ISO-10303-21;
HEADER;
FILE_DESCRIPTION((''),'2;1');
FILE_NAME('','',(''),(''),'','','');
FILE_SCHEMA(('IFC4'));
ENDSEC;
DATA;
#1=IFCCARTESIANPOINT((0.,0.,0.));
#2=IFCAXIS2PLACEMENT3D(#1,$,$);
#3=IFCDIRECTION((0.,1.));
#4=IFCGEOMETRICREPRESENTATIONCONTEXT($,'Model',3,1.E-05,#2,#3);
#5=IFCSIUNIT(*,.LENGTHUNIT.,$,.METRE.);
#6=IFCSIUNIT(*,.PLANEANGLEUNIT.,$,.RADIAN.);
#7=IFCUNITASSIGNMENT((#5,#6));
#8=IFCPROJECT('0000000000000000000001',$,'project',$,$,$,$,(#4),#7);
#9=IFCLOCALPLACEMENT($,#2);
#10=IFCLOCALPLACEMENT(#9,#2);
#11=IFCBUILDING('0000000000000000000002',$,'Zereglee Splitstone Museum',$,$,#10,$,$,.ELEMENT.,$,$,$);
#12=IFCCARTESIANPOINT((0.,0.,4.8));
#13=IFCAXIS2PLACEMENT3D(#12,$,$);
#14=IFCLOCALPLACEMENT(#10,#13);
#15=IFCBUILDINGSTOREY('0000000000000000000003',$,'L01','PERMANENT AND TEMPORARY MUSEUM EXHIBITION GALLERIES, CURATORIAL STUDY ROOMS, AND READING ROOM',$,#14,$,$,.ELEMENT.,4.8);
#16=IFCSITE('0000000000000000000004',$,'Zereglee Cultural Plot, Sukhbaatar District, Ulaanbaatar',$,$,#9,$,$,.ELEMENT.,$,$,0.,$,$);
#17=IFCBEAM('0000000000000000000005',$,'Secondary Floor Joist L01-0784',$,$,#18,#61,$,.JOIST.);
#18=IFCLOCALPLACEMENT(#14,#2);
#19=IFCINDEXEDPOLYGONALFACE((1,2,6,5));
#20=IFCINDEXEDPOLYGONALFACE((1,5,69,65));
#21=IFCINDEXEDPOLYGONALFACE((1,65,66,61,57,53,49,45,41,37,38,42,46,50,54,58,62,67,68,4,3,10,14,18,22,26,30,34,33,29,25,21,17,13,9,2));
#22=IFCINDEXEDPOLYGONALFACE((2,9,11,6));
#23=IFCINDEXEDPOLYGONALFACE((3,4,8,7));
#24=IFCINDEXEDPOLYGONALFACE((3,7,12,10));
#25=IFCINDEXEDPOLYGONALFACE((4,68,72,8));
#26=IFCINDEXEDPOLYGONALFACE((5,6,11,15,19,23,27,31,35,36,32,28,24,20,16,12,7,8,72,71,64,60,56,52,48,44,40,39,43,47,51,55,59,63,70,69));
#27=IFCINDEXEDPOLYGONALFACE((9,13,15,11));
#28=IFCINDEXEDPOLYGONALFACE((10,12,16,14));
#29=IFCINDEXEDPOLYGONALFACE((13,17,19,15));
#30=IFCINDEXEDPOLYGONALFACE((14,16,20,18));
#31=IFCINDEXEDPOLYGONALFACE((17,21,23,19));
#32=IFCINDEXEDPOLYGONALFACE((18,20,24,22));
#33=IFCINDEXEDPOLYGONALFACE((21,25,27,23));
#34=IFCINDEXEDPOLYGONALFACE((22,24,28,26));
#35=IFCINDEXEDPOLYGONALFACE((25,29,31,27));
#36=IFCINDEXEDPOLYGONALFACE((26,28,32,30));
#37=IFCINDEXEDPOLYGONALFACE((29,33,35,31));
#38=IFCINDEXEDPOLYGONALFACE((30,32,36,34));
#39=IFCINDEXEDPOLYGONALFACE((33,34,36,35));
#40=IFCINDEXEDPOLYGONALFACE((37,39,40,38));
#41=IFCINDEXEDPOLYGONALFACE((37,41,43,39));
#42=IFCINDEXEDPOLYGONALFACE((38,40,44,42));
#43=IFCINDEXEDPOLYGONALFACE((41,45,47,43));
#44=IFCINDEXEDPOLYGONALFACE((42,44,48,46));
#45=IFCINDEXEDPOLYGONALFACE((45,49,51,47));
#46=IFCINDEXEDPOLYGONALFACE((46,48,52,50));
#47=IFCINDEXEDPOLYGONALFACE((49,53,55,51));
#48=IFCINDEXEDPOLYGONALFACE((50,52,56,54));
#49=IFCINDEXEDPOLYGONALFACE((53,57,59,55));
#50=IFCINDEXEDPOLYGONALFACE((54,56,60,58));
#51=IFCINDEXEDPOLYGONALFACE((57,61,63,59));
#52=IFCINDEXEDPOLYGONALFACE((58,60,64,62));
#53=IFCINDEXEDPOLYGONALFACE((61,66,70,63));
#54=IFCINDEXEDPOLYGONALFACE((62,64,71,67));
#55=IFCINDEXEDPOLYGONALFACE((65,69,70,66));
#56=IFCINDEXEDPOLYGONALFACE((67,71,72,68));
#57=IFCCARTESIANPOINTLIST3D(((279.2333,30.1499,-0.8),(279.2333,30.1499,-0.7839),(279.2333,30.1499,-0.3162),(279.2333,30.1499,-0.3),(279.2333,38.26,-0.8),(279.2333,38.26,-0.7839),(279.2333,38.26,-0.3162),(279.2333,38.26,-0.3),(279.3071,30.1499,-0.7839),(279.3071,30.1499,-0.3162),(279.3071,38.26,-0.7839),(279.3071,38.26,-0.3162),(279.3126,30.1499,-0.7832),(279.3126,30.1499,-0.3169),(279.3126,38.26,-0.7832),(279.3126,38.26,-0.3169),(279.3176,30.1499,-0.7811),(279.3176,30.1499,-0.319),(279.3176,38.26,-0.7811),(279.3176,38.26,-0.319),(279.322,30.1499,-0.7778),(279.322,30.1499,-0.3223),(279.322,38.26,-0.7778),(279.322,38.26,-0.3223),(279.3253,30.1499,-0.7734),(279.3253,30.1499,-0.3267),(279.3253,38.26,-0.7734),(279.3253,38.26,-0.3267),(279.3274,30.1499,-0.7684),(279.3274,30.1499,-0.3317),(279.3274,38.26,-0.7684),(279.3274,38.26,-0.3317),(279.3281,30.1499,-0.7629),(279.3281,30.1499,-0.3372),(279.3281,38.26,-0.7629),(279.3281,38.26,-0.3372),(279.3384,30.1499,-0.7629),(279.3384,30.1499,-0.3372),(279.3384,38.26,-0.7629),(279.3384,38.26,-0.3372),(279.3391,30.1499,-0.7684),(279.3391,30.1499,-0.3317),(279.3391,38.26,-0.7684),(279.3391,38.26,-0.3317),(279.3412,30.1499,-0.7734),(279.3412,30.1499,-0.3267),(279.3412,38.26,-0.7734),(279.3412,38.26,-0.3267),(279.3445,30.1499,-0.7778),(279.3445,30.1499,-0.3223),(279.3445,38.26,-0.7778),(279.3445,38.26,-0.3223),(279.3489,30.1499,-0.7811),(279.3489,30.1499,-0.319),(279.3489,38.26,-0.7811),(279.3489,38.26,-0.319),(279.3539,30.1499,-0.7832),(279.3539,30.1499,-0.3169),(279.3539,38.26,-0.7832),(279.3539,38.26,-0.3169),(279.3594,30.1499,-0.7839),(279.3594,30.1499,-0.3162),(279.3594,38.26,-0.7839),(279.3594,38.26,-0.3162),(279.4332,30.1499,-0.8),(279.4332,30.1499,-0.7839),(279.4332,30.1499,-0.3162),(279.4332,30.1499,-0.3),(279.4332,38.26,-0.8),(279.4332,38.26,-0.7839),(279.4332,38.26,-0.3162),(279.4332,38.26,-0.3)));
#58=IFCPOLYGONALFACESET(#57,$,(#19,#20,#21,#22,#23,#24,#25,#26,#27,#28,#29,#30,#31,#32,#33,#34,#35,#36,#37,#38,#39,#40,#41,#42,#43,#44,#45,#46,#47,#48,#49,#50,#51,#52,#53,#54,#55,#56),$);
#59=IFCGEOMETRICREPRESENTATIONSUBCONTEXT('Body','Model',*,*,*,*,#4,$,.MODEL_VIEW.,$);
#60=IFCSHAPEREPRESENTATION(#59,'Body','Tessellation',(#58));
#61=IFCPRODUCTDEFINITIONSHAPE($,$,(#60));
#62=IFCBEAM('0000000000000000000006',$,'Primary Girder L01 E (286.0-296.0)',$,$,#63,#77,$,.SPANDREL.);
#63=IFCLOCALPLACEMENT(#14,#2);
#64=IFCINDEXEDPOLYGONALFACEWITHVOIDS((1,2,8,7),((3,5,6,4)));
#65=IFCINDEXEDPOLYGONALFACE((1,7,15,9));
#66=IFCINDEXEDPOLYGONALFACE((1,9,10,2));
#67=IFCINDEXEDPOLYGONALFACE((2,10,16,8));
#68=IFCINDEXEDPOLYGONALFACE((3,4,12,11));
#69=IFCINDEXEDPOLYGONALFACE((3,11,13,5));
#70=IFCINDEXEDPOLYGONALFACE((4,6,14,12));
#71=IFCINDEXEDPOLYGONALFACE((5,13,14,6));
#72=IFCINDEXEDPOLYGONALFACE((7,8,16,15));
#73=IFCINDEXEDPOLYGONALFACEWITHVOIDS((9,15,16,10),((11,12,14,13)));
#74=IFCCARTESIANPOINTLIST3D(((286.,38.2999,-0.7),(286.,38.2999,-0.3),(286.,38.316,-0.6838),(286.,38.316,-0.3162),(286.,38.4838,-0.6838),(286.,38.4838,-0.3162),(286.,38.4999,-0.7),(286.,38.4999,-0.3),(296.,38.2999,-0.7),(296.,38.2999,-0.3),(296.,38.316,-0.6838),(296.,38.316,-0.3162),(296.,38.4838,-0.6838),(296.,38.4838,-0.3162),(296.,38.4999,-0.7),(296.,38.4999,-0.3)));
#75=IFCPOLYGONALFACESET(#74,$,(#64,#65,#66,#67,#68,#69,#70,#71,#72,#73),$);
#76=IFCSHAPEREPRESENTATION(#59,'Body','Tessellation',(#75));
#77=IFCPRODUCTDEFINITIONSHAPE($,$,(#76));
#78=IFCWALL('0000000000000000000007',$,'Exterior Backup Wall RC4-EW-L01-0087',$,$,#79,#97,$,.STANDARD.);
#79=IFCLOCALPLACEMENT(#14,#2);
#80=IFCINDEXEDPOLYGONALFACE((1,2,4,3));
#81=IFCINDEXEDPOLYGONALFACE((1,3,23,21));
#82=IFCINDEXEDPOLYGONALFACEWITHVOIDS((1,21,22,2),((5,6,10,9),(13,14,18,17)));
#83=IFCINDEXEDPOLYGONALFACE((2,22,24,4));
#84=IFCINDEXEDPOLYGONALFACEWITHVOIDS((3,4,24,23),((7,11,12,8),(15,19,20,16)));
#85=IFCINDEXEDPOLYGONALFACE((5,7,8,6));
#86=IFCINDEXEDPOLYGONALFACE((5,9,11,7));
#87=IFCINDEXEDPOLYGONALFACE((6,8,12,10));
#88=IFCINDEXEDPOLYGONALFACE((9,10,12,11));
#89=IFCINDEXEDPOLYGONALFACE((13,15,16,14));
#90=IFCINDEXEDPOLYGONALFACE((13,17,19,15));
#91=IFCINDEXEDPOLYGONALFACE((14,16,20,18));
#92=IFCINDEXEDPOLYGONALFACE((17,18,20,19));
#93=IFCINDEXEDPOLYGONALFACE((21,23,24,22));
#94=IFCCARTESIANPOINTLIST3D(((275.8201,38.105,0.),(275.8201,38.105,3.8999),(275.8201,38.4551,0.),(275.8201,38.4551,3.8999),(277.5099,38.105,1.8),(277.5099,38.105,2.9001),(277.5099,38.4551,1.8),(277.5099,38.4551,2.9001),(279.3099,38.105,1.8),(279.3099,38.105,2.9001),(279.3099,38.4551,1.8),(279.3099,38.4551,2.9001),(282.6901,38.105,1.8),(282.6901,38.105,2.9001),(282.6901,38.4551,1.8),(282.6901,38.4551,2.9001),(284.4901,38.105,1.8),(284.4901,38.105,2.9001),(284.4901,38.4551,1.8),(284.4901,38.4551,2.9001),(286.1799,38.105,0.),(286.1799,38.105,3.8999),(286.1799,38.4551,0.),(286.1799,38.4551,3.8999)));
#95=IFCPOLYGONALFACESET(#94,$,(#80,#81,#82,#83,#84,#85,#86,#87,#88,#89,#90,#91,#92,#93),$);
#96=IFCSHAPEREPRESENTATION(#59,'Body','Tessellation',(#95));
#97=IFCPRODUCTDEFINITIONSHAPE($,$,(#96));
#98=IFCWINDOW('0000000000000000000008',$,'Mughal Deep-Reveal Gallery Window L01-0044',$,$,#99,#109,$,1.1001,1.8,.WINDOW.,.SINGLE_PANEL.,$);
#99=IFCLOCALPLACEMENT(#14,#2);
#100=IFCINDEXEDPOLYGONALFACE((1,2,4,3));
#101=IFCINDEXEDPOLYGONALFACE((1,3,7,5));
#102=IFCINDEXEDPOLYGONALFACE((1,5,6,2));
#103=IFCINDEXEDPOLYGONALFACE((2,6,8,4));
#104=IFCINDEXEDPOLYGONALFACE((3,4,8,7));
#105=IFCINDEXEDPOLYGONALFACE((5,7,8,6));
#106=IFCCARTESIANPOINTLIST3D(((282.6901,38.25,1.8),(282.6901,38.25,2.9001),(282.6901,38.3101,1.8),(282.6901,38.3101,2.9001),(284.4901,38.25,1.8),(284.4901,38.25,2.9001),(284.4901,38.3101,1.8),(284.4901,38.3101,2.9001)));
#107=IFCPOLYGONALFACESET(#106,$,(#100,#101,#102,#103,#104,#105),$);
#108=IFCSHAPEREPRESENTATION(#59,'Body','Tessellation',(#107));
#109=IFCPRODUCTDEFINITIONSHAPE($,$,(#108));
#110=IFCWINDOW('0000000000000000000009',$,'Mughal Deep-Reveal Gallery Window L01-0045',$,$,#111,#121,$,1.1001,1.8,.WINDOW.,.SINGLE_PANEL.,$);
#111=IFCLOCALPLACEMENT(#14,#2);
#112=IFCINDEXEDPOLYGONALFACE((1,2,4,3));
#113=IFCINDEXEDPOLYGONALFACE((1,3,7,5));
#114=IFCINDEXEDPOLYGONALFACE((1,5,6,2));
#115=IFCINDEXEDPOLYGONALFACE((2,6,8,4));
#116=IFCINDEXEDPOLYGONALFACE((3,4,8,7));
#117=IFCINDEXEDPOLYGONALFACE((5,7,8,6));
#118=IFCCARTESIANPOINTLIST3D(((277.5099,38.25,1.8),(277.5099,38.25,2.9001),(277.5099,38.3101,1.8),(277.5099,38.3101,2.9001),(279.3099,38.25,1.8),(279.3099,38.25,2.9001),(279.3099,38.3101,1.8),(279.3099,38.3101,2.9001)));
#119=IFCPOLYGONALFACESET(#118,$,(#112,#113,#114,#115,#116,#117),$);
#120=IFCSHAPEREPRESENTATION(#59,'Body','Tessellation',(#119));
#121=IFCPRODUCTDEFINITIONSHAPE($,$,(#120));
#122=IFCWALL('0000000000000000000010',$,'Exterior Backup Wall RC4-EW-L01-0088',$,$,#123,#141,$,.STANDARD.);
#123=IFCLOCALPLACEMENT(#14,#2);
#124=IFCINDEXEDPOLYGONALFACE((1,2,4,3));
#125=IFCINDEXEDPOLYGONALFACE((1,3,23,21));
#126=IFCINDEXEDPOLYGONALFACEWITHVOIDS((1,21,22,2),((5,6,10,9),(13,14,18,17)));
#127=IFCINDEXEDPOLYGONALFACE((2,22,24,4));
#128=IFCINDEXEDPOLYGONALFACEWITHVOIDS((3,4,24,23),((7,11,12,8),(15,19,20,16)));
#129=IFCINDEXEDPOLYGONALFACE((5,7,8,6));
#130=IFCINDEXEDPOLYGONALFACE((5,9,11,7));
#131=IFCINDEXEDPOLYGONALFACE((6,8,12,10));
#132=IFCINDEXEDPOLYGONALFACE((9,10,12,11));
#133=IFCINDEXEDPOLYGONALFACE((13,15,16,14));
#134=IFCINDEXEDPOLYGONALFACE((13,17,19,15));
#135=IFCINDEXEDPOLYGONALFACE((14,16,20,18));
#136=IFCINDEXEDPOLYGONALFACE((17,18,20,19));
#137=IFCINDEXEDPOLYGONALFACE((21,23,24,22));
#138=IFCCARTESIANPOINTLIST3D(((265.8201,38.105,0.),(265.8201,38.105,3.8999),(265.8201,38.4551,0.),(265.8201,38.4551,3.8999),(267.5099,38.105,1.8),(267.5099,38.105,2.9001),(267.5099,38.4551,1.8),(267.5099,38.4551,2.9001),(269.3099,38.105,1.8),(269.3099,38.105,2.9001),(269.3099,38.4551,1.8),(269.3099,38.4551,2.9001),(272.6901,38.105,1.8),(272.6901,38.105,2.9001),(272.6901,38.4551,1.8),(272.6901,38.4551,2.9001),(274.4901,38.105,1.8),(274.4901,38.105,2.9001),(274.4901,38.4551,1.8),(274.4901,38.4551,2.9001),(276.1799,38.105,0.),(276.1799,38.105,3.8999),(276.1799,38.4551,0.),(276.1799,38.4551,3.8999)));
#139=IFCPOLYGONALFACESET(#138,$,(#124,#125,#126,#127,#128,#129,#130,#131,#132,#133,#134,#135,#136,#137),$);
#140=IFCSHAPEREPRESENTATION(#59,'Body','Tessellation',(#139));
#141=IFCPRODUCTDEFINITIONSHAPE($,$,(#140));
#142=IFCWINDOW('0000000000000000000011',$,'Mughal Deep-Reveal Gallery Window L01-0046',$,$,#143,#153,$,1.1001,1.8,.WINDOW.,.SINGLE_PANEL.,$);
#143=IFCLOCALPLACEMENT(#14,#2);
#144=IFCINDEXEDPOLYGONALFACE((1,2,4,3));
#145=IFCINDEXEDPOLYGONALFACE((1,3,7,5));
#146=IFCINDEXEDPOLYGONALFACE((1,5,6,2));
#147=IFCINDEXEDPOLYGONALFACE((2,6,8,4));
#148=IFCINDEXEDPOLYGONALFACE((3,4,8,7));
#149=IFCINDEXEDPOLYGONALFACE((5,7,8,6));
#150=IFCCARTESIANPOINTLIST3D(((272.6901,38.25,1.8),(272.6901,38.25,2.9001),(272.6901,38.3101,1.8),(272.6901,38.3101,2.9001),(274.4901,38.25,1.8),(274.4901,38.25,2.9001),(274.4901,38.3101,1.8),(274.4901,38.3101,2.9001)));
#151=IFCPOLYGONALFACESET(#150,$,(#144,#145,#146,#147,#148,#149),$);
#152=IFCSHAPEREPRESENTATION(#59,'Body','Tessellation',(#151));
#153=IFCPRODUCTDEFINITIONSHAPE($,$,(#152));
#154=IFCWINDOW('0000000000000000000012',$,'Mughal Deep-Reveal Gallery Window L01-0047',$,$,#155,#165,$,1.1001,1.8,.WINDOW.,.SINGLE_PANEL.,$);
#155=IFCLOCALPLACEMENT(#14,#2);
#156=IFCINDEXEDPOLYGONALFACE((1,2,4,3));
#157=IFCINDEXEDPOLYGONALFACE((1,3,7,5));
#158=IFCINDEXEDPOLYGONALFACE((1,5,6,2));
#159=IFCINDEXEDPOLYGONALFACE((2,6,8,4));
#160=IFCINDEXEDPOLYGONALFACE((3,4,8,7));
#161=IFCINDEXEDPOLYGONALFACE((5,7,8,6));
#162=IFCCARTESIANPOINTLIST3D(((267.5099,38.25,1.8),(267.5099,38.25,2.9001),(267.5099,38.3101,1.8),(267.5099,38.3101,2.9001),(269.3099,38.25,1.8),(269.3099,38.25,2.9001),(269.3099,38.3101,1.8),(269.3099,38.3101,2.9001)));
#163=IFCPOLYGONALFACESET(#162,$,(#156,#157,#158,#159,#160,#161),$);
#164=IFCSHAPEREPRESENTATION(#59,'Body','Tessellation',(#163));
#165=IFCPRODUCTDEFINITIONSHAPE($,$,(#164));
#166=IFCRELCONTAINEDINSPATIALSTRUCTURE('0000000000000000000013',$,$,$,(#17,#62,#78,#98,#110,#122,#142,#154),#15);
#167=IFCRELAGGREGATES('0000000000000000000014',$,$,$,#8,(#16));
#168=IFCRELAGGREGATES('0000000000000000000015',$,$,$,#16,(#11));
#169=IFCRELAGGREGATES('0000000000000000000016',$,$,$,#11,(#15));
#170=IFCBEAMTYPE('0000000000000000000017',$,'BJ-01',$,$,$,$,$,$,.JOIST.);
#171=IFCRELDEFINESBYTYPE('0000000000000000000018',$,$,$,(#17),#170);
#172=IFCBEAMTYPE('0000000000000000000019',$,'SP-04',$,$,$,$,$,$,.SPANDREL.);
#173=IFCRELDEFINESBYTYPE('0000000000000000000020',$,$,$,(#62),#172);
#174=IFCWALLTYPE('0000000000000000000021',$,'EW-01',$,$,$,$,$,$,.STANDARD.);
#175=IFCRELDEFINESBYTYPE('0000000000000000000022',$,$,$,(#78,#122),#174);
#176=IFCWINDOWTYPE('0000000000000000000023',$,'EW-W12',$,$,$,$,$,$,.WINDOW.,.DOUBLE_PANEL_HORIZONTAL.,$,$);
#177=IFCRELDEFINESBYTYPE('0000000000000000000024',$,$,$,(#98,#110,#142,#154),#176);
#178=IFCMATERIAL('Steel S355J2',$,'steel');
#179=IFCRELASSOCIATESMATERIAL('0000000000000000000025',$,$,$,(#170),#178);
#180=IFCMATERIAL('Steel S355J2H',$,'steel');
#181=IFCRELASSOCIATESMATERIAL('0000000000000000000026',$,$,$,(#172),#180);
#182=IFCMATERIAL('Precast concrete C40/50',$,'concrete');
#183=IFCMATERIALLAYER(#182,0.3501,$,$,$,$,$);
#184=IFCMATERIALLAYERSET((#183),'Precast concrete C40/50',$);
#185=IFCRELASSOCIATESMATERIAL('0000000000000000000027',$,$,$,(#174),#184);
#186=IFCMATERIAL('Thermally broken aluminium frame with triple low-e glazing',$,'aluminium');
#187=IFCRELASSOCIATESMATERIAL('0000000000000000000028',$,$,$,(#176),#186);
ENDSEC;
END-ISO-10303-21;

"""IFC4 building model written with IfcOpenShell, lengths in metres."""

from ifc_helpers import new_model, si_unit, direction, frame, frame_2d, origin, origin_2d, place, context, subcontext, project, spatial, rectangle, hollow_rectangle, i_section, extrude, material, layer, layer_set, material_profile, profile_set, type_object, element, fill, save


model = new_model("IFC4")

# Units and contexts
model_context = context("Model", 3, precision=1e-05, world=origin(), true_north=direction((0.0, 1.0)))
body_context = subcontext(model_context, "Body", "Model", "MODEL_VIEW")
ifc_project = project(units=[si_unit("LENGTHUNIT", "METRE"), si_unit("PLANEANGLEUNIT", "RADIAN")], contexts=[model_context])

# Site, building, storey
site_placement = place(None, origin())
site = spatial("IfcSite", under=ifc_project, at=site_placement, Name="Zereglee Cultural Plot, Sukhbaatar District, Ulaanbaatar", CompositionType="ELEMENT", RefElevation=0.0)
building_placement = place(site_placement, origin())
building = spatial("IfcBuilding", under=site, at=building_placement, Name="Zereglee Splitstone Museum", CompositionType="ELEMENT")
storey_placement = place(building_placement, frame((0.0, 0.0, 4.8)))
storey = spatial("IfcBuildingStorey", under=building, at=storey_placement, Name="L01", Description="PERMANENT AND TEMPORARY MUSEUM EXHIBITION GALLERIES, CURATORIAL STUDY ROOMS, AND READING ROOM", CompositionType="ELEMENT", Elevation=4.8)

# Shared definitions
ifc_material_1 = material(Name="Steel S355J2", Category="steel")

# Beams
ifc_material_profile_1 = material_profile(ifc_material_1, i_section(OverallWidth=0.2, OverallDepth=0.5, WebThickness=0.0103, FlangeThickness=0.0161, FilletRadius=0.021, at=origin_2d()), Name="IPE 500")
ifc_profile_set_1 = profile_set([ifc_material_profile_1], Name="Steel S355J2")
beam_type_1 = type_object("IfcBeamType", Name="BJ-01", PredefinedType="JOIST", material=ifc_profile_set_1)
beam_1_placement = place(storey_placement, frame((279.3333, 30.1499, -0.55), z_axis=(0.0, 1.0, 0.0), x_axis=(-1.0, 0.0, 0.0)))
element("IfcBeam", 1, at=beam_1_placement, inside=storey, type_object=beam_type_1, Name="Secondary Floor Joist L01-0784", PredefinedType="JOIST", context=body_context, shape_type="SweptSolid", body=[
    extrude(i_section(OverallWidth=0.2, OverallDepth=0.5, WebThickness=0.0103, FlangeThickness=0.0161, FilletRadius=0.021, at=origin_2d()), origin(), (0.0, 0.0, 1.0), 8.1101),
])
ifc_material_2 = material(Name="Steel S355J2H", Category="steel")
ifc_material_profile_2 = material_profile(ifc_material_2, hollow_rectangle(XDim=0.2, YDim=0.3999, WallThickness=0.0161, at=origin_2d()), Name="RHS 400x200x16")
ifc_profile_set_2 = profile_set([ifc_material_profile_2], Name="Steel S355J2H")
beam_type_2 = type_object("IfcBeamType", Name="SP-04", PredefinedType="SPANDREL", material=ifc_profile_set_2)
beam_2_placement = place(storey_placement, frame((286.0, 38.3999, -0.5), z_axis=(1.0, 0.0, 0.0), x_axis=(0.0, 1.0, 0.0)))
element("IfcBeam", 2, at=beam_2_placement, inside=storey, type_object=beam_type_2, Name="Primary Girder L01 E (286.0-296.0)", PredefinedType="SPANDREL", context=body_context, shape_type="SweptSolid", body=[
    extrude(hollow_rectangle(XDim=0.2, YDim=0.3999, WallThickness=0.0161, at=origin_2d()), origin(), (0.0, 0.0, 1.0), 10.0),
])

# Walls, openings, windows
ifc_material_3 = material(Name="Precast concrete C40/50", Category="concrete")
ifc_layer_1 = layer(ifc_material_3, 0.3501)
ifc_layer_set_1 = layer_set([ifc_layer_1], Name="Precast concrete C40/50")
wall_type_1 = type_object("IfcWallType", Name="EW-01", PredefinedType="STANDARD", material=ifc_layer_set_1)
wall_1_placement = place(storey_placement, frame((286.1799, 38.28, 0.0), z_axis=(0.0, 0.0, 1.0), x_axis=(-1.0, 0.0, 0.0)))
wall_1 = element("IfcWall", 3, at=wall_1_placement, inside=storey, type_object=wall_type_1, Name="Exterior Backup Wall RC4-EW-L01-0087", PredefinedType="STANDARD", context=body_context, shape_type="SweptSolid", body=[
    extrude(rectangle(XDim=10.3599, YDim=0.3501, at=frame_2d((5.1799, 0.0))), origin(), (0.0, 0.0, 1.0), 3.8999),
])
opening_1_placement = place(wall_1_placement, frame((1.6899, 0.0, 1.8)))
opening_1 = element("IfcOpeningElement", 4, at=opening_1_placement, cuts=wall_1, PredefinedType="OPENING", context=body_context, shape_type="SweptSolid", body=[
    extrude(rectangle(XDim=1.8, YDim=1.1001, at=frame_2d((0.8999, 0.55))), frame((0.0, 0.1899, 0.0), z_axis=(0.0, -1.0, 0.0), x_axis=(1.0, 0.0, 0.0)), (0.0, 0.0, 1.0), 0.3799),
])
opening_2_placement = place(wall_1_placement, frame((6.8701, 0.0, 1.8)))
opening_2 = element("IfcOpeningElement", 5, at=opening_2_placement, cuts=wall_1, PredefinedType="OPENING", context=body_context, shape_type="SweptSolid", body=[
    extrude(rectangle(XDim=1.8, YDim=1.1001, at=frame_2d((0.8999, 0.55))), frame((0.0, 0.1899, 0.0), z_axis=(0.0, -1.0, 0.0), x_axis=(1.0, 0.0, 0.0)), (0.0, 0.0, 1.0), 0.3799),
])
ifc_material_4 = material(Name="Thermally broken aluminium frame with triple low-e glazing", Category="aluminium")
window_type = type_object("IfcWindowType", Name="EW-W12", PartitioningType="DOUBLE_PANEL_HORIZONTAL", PredefinedType="WINDOW", material=ifc_material_4)
window_1_placement = place(opening_1_placement, origin())
window_1 = element("IfcWindow", 6, at=window_1_placement, inside=storey, type_object=window_type, Name="Mughal Deep-Reveal Gallery Window L01-0044", OverallHeight=1.1001, OverallWidth=1.8, PartitioningType="SINGLE_PANEL", PredefinedType="WINDOW", context=body_context, shape_type="SweptSolid", body=[
    extrude(rectangle(XDim=1.8, YDim=1.1001, at=frame_2d((0.8999, 0.55))), frame((0.0, 0.03, 0.0), z_axis=(0.0, -1.0, 0.0), x_axis=(1.0, 0.0, 0.0)), (0.0, 0.0, 1.0), 0.0601),
])
fill(opening_1, window_1)
window_2_placement = place(opening_2_placement, origin())
window_2 = element("IfcWindow", 7, at=window_2_placement, inside=storey, type_object=window_type, Name="Mughal Deep-Reveal Gallery Window L01-0045", OverallHeight=1.1001, OverallWidth=1.8, PartitioningType="SINGLE_PANEL", PredefinedType="WINDOW", context=body_context, shape_type="SweptSolid", body=[
    extrude(rectangle(XDim=1.8, YDim=1.1001, at=frame_2d((0.8999, 0.55))), frame((0.0, 0.03, 0.0), z_axis=(0.0, -1.0, 0.0), x_axis=(1.0, 0.0, 0.0)), (0.0, 0.0, 1.0), 0.0601),
])
fill(opening_2, window_2)
wall_2_placement = place(storey_placement, frame((276.1799, 38.28, 0.0), z_axis=(0.0, 0.0, 1.0), x_axis=(-1.0, 0.0, 0.0)))
wall_2 = element("IfcWall", 8, at=wall_2_placement, inside=storey, type_object=wall_type_1, Name="Exterior Backup Wall RC4-EW-L01-0088", PredefinedType="STANDARD", context=body_context, shape_type="SweptSolid", body=[
    extrude(rectangle(XDim=10.3599, YDim=0.3501, at=frame_2d((5.1799, 0.0))), origin(), (0.0, 0.0, 1.0), 3.8999),
])
opening_3_placement = place(wall_2_placement, frame((1.6899, 0.0, 1.8)))
opening_3 = element("IfcOpeningElement", 9, at=opening_3_placement, cuts=wall_2, PredefinedType="OPENING", context=body_context, shape_type="SweptSolid", body=[
    extrude(rectangle(XDim=1.8, YDim=1.1001, at=frame_2d((0.8999, 0.55))), frame((0.0, 0.1899, 0.0), z_axis=(0.0, -1.0, 0.0), x_axis=(1.0, 0.0, 0.0)), (0.0, 0.0, 1.0), 0.3799),
])
opening_4_placement = place(wall_2_placement, frame((6.8701, 0.0, 1.8)))
opening_4 = element("IfcOpeningElement", 10, at=opening_4_placement, cuts=wall_2, PredefinedType="OPENING", context=body_context, shape_type="SweptSolid", body=[
    extrude(rectangle(XDim=1.8, YDim=1.1001, at=frame_2d((0.8999, 0.55))), frame((0.0, 0.1899, 0.0), z_axis=(0.0, -1.0, 0.0), x_axis=(1.0, 0.0, 0.0)), (0.0, 0.0, 1.0), 0.3799),
])
window_3_placement = place(opening_3_placement, origin())
window_3 = element("IfcWindow", 11, at=window_3_placement, inside=storey, type_object=window_type, Name="Mughal Deep-Reveal Gallery Window L01-0046", OverallHeight=1.1001, OverallWidth=1.8, PartitioningType="SINGLE_PANEL", PredefinedType="WINDOW", context=body_context, shape_type="SweptSolid", body=[
    extrude(rectangle(XDim=1.8, YDim=1.1001, at=frame_2d((0.8999, 0.55))), frame((0.0, 0.03, 0.0), z_axis=(0.0, -1.0, 0.0), x_axis=(1.0, 0.0, 0.0)), (0.0, 0.0, 1.0), 0.0601),
])
fill(opening_3, window_3)
window_4_placement = place(opening_4_placement, origin())
window_4 = element("IfcWindow", 12, at=window_4_placement, inside=storey, type_object=window_type, Name="Mughal Deep-Reveal Gallery Window L01-0047", OverallHeight=1.1001, OverallWidth=1.8, PartitioningType="SINGLE_PANEL", PredefinedType="WINDOW", context=body_context, shape_type="SweptSolid", body=[
    extrude(rectangle(XDim=1.8, YDim=1.1001, at=frame_2d((0.8999, 0.55))), frame((0.0, 0.03, 0.0), z_axis=(0.0, -1.0, 0.0), x_axis=(1.0, 0.0, 0.0)), (0.0, 0.0, 1.0), 0.0601),
])
fill(opening_4, window_4)

save(model, "model.ifc")
